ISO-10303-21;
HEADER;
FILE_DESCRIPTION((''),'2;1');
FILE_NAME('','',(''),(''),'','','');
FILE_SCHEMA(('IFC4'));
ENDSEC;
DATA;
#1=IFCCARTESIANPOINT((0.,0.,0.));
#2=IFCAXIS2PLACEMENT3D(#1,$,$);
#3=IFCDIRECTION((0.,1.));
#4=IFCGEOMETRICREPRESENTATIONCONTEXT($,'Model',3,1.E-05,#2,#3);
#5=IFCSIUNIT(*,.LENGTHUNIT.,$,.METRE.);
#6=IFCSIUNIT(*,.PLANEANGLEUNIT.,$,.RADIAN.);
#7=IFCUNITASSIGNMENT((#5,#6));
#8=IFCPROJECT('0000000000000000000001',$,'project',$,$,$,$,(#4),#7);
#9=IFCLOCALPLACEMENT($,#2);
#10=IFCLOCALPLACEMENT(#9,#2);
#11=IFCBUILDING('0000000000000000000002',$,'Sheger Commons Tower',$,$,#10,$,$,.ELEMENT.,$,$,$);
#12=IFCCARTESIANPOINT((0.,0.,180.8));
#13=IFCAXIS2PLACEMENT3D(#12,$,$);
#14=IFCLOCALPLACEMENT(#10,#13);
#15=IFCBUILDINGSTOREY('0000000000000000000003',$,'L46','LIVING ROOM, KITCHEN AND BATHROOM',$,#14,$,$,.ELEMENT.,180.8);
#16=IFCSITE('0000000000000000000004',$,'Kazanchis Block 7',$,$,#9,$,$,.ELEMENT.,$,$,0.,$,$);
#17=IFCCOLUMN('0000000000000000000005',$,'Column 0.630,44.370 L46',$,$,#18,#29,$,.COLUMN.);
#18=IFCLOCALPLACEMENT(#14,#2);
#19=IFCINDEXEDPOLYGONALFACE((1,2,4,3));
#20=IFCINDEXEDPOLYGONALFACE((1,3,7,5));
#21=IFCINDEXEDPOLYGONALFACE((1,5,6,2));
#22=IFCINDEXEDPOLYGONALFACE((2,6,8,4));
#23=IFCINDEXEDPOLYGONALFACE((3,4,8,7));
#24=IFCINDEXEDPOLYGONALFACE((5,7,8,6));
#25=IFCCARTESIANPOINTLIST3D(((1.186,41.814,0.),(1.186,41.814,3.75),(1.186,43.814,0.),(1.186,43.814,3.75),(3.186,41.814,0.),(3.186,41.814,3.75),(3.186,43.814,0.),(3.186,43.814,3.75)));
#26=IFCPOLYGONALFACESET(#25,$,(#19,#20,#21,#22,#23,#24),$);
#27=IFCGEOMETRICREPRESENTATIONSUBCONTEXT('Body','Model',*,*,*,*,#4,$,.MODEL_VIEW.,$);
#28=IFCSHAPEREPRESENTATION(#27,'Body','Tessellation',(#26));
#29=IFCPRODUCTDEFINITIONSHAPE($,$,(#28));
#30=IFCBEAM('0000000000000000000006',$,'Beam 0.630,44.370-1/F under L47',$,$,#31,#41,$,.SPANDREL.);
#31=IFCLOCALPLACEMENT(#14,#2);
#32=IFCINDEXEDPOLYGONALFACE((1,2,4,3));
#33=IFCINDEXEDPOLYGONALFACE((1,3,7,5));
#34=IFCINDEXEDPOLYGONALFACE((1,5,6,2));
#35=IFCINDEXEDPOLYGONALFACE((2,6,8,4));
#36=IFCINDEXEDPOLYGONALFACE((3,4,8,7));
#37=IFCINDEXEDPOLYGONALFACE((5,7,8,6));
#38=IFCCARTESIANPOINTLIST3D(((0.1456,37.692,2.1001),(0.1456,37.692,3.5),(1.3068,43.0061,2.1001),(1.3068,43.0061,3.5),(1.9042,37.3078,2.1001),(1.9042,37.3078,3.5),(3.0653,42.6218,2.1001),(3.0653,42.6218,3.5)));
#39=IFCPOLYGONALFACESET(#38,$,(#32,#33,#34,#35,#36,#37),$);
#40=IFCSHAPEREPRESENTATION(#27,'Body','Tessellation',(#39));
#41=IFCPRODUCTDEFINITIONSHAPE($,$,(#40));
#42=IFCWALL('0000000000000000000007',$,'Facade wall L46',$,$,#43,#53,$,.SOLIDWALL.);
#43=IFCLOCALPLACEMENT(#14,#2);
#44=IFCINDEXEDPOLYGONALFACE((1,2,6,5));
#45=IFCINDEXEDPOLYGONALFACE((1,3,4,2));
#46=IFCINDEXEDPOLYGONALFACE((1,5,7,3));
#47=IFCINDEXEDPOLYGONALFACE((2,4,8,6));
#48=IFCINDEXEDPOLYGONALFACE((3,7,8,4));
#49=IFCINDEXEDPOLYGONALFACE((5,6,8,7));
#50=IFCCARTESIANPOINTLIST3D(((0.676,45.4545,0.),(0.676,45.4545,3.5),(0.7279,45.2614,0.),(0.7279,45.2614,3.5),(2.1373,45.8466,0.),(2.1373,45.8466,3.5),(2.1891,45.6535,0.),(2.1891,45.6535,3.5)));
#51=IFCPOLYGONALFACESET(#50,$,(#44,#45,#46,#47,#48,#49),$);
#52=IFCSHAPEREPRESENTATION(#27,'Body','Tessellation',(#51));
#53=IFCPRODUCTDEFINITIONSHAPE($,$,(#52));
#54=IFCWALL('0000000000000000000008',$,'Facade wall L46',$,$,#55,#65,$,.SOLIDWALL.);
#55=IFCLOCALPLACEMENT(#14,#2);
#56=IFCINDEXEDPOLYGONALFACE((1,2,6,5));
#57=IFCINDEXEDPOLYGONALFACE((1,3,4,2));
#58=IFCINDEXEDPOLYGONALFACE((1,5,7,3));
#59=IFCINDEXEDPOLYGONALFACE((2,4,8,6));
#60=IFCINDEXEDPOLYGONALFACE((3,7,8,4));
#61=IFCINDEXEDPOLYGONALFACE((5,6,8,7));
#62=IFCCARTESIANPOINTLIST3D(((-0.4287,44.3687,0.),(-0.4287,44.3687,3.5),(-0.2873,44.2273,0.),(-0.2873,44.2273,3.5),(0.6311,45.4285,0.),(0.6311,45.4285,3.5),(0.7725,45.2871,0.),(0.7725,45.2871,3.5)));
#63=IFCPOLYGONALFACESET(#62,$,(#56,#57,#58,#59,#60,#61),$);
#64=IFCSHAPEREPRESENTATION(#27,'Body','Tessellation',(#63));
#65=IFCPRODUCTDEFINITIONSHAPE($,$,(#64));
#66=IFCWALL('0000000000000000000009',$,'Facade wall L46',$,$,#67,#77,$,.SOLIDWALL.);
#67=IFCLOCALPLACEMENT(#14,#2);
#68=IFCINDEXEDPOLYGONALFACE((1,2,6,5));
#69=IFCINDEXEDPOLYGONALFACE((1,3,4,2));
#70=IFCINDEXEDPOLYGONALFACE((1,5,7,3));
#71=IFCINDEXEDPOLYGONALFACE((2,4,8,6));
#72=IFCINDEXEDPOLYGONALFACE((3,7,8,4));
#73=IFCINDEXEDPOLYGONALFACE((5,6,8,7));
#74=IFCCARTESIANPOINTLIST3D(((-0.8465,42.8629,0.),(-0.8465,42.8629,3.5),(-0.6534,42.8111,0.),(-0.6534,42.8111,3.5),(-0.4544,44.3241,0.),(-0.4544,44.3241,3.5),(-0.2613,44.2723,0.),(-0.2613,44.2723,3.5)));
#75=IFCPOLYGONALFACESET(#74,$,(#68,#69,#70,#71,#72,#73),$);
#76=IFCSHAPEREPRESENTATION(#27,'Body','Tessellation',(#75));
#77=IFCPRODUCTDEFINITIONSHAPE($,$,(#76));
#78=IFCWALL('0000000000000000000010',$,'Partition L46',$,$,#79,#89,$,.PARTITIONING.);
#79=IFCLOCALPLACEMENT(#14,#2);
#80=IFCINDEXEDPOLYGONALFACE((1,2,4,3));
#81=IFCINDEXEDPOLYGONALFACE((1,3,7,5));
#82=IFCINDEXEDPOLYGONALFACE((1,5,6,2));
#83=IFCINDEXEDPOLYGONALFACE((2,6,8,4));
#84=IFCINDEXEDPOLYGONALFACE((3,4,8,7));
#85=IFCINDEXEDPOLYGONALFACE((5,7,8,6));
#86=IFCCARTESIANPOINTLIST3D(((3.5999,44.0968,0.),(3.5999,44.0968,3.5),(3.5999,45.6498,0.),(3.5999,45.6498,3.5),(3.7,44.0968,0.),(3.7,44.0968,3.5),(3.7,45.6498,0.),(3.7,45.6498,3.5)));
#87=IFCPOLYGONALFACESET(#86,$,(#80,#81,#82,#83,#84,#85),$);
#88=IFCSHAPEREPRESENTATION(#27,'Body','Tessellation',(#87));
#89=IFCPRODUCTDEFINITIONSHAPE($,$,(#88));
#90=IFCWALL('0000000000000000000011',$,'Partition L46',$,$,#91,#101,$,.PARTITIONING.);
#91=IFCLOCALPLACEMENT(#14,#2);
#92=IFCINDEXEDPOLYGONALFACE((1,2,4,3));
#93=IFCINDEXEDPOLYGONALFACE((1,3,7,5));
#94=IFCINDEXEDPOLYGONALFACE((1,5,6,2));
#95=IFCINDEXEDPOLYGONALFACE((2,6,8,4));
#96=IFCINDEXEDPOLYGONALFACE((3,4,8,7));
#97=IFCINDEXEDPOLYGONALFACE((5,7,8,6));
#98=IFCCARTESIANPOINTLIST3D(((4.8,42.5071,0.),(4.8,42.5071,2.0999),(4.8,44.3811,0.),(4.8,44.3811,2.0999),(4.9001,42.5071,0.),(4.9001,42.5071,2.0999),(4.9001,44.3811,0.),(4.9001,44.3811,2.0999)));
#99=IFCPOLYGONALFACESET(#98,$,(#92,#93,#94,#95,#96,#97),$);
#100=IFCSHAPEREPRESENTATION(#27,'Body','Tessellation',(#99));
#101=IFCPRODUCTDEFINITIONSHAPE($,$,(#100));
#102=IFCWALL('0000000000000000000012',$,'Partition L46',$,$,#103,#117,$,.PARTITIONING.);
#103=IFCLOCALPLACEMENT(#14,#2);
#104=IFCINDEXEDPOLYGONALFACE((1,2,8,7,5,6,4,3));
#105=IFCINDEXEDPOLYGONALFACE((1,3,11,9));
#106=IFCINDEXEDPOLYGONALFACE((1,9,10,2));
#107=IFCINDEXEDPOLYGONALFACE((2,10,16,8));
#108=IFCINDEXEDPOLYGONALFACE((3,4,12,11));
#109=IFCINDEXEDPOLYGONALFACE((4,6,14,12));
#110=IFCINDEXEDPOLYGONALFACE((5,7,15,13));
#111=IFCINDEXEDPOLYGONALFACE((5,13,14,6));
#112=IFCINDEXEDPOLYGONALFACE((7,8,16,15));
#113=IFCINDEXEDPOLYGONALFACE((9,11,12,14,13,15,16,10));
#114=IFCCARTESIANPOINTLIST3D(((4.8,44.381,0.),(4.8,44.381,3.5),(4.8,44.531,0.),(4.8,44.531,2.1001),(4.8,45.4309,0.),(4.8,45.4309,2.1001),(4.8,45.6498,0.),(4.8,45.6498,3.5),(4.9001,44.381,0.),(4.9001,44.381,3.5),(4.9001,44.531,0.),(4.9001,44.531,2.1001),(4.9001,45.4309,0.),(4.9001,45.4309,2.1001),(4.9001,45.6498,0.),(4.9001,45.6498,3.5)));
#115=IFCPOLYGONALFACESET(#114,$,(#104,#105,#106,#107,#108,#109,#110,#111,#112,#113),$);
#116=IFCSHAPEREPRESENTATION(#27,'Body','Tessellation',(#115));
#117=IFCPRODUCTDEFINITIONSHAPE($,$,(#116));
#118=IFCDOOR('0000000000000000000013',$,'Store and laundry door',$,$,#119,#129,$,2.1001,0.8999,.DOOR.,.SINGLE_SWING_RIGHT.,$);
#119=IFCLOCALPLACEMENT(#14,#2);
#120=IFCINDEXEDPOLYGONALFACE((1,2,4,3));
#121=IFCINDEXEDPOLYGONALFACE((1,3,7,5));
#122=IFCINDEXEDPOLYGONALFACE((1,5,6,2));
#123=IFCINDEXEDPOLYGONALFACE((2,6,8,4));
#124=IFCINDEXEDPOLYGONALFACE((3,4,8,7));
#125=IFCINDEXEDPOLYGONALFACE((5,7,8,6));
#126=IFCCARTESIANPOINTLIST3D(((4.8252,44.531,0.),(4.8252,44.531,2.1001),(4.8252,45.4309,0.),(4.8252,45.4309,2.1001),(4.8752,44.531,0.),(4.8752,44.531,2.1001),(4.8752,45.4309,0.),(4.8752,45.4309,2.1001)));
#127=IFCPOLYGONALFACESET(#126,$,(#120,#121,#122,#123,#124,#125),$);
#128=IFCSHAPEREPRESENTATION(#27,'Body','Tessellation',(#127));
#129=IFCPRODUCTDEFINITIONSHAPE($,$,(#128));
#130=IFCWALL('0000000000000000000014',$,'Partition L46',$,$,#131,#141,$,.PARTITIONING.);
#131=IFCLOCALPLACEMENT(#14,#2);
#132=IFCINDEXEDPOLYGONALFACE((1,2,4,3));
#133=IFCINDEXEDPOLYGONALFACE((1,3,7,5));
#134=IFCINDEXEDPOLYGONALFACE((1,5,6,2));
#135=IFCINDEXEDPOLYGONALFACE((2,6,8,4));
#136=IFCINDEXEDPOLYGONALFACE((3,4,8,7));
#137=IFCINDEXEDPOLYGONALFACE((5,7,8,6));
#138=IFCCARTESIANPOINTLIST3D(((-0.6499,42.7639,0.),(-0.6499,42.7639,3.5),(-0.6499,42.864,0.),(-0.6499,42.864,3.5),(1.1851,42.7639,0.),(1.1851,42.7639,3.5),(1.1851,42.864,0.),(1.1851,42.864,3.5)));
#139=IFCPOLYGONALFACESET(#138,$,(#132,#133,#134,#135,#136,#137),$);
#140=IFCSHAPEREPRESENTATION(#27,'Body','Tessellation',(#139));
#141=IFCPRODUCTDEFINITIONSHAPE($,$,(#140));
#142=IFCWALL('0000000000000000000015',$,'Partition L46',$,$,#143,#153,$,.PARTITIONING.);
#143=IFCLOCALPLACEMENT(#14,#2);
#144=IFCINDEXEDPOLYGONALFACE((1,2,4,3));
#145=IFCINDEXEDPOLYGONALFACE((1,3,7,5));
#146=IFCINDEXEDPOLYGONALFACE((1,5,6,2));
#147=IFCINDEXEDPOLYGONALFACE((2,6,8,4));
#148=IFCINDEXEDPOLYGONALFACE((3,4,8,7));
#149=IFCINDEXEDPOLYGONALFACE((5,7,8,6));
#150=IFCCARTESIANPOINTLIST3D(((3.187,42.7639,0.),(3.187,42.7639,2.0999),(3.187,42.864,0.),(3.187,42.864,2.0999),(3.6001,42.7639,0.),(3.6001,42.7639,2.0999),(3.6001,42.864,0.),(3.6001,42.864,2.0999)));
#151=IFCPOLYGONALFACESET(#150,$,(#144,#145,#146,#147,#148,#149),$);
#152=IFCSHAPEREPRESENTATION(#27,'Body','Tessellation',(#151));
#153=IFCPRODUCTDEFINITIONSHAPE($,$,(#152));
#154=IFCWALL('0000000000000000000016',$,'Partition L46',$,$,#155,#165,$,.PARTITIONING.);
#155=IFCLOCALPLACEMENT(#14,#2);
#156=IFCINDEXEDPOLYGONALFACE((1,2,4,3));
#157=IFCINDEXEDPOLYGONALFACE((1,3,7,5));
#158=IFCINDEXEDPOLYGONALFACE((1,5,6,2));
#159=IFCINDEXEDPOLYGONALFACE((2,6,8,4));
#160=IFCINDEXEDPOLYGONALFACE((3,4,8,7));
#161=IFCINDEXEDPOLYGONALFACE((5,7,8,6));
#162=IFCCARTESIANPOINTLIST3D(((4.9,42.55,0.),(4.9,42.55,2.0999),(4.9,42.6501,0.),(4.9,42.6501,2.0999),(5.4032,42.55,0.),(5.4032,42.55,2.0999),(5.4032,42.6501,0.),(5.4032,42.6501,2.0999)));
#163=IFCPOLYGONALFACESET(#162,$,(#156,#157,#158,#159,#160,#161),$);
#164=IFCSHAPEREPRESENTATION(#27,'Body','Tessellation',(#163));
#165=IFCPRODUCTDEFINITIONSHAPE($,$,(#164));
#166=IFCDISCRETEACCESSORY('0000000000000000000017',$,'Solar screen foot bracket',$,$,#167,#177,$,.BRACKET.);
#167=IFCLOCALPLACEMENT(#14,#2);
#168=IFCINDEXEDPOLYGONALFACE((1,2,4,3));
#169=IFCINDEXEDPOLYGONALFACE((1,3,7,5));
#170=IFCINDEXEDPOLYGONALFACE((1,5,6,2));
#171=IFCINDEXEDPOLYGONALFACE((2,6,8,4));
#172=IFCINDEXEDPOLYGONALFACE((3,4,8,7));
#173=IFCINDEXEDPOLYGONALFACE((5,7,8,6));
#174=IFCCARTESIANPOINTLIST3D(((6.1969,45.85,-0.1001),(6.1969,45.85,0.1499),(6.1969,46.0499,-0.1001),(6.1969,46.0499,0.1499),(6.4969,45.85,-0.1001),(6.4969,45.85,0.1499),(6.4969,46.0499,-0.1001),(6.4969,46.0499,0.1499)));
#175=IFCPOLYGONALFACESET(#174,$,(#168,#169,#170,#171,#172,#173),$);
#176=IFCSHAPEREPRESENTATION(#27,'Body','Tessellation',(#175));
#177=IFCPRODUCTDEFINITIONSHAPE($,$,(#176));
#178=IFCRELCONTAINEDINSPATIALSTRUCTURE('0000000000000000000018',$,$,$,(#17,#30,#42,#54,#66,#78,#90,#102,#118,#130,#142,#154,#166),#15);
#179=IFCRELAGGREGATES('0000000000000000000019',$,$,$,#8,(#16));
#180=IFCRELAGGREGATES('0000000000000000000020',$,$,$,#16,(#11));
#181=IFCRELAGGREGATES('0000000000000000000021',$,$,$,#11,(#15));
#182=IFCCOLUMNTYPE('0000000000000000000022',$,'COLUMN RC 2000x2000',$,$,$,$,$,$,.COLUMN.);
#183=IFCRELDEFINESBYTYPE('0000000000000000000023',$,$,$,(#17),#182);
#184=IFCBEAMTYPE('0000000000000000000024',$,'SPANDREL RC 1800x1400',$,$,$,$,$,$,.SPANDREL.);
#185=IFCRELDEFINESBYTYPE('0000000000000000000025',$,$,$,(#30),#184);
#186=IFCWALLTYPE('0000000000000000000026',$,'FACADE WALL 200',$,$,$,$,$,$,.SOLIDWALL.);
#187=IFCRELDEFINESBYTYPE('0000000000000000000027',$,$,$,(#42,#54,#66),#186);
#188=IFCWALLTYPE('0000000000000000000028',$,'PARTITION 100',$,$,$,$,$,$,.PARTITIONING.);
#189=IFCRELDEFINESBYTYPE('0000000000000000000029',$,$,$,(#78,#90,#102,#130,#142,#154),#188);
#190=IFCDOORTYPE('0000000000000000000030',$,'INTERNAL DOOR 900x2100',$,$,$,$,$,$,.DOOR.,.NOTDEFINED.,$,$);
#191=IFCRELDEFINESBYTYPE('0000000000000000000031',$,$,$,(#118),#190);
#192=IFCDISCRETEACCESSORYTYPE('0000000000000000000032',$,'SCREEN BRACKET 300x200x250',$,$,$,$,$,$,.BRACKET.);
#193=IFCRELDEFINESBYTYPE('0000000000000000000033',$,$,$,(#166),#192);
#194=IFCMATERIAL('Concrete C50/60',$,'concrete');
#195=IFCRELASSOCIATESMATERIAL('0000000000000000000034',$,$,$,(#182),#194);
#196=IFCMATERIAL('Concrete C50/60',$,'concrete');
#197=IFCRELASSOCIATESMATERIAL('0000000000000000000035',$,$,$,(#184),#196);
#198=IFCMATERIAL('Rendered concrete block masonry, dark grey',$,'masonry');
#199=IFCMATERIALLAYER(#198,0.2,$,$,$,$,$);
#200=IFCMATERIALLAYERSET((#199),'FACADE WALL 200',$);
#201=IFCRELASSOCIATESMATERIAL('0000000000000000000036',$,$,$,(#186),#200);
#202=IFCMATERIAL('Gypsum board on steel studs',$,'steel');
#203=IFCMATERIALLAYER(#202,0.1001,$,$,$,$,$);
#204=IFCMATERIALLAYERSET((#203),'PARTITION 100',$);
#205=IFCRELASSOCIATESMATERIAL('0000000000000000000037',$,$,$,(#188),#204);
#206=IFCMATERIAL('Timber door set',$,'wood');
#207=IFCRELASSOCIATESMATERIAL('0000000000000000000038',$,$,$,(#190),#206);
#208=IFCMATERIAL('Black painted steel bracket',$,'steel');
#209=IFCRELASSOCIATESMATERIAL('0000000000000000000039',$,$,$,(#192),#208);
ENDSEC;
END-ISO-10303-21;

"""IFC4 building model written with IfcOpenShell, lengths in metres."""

from ifc_helpers import new_model, si_unit, direction, frame, frame_2d, origin, origin_2d, place, context, subcontext, project, spatial, rectangle, extrude, material, layer, layer_set, material_profile, profile_set, type_object, element, fill, save


model = new_model("IFC4")

# Units and contexts
model_context = context("Model", 3, precision=1e-05, world=origin(), true_north=direction((0.0, 1.0)))
body_context = subcontext(model_context, "Body", "Model", "MODEL_VIEW")
ifc_project = project(units=[si_unit("LENGTHUNIT", "METRE"), si_unit("PLANEANGLEUNIT", "RADIAN")], contexts=[model_context])

# Site, building, storey
site_placement = place(None, origin())
site = spatial("IfcSite", under=ifc_project, at=site_placement, Name="Kazanchis Block 7", CompositionType="ELEMENT", RefElevation=0.0)
building_placement = place(site_placement, origin())
building = spatial("IfcBuilding", under=site, at=building_placement, Name="Sheger Commons Tower", CompositionType="ELEMENT")
storey_placement = place(building_placement, frame((0.0, 0.0, 180.8)))
storey = spatial("IfcBuildingStorey", under=building, at=storey_placement, Name="L46", Description="LIVING ROOM, KITCHEN AND BATHROOM", CompositionType="ELEMENT", Elevation=180.8)

# Column
ifc_material_1 = material(Name="Concrete C50/60", Category="concrete")
ifc_material_profile_1 = material_profile(ifc_material_1, rectangle(XDim=2.0, YDim=2.0, at=origin_2d()), Name="RC 2000x2000")
ifc_profile_set_1 = profile_set([ifc_material_profile_1], Name="Concrete C50/60")
column_type = type_object("IfcColumnType", Name="COLUMN RC 2000x2000", PredefinedType="COLUMN", material=ifc_profile_set_1)
column_placement = place(storey_placement, frame((2.186, 42.814, 0.0), z_axis=(0.0, 0.0, 1.0), x_axis=(1.0, 0.0, 0.0)))
element("IfcColumn", 1, at=column_placement, inside=storey, type_object=column_type, Name="Column 0.630,44.370 L46", PredefinedType="COLUMN", context=body_context, shape_type="SweptSolid", body=[
    extrude(rectangle(XDim=2.0, YDim=2.0, at=origin_2d()), origin(), (0.0, 0.0, 1.0), 3.75),
])

# Beam
ifc_material_2 = material(Name="Concrete C50/60", Category="concrete")
ifc_material_profile_2 = material_profile(ifc_material_2, rectangle(XDim=1.8, YDim=1.3999, at=origin_2d()), Name="RC 1800x1400")
ifc_profile_set_2 = profile_set([ifc_material_profile_2], Name="Concrete C50/60")
beam_type = type_object("IfcBeamType", Name="SPANDREL RC 1800x1400", PredefinedType="SPANDREL", material=ifc_profile_set_2)
beam_placement = place(storey_placement, frame((2.186, 42.814, 2.8), z_axis=(-0.213469, -0.97695, 0.0), x_axis=(0.97695, -0.213469, 0.0)))
element("IfcBeam", 2, at=beam_placement, inside=storey, type_object=beam_type, Name="Beam 0.630,44.370-1/F under L47", PredefinedType="SPANDREL", context=body_context, shape_type="SweptSolid", body=[
    extrude(rectangle(XDim=1.8, YDim=1.3999, at=origin_2d()), origin(), (0.0, 0.0, 1.0), 5.4395),
])

# Walls
ifc_material_3 = material(Name="Rendered concrete block masonry, dark grey", Category="masonry")
ifc_layer_1 = layer(ifc_material_3, 0.2)
ifc_layer_set_1 = layer_set([ifc_layer_1], Name="FACADE WALL 200")
wall_type_1 = type_object("IfcWallType", Name="FACADE WALL 200", PredefinedType="SOLIDWALL", material=ifc_layer_set_1)
wall_1_placement = place(storey_placement, frame((2.1631, 45.75, 0.0), z_axis=(0.0, 0.0, 1.0), x_axis=(-0.965832, -0.259169, 0.0)))
element("IfcWall", 3, at=wall_1_placement, inside=storey, type_object=wall_type_1, Name="Facade wall L46", PredefinedType="SOLIDWALL", context=body_context, shape_type="SweptSolid", body=[
    extrude(rectangle(XDim=1.5129, YDim=0.2, at=frame_2d((0.7563, 0.0))), origin(), (0.0, 0.0, 1.0), 3.5),
])
wall_2_placement = place(storey_placement, frame((0.7019, 45.3579, 0.0), z_axis=(0.0, 0.0, 1.0), x_axis=(-0.707107, -0.707107, 0.0)))
element("IfcWall", 4, at=wall_2_placement, inside=storey, type_object=wall_type_1, Name="Facade wall L46", PredefinedType="SOLIDWALL", context=body_context, shape_type="SweptSolid", body=[
    extrude(rectangle(XDim=1.4988, YDim=0.2, at=frame_2d((0.7495, 0.0))), origin(), (0.0, 0.0, 1.0), 3.5),
])
wall_3_placement = place(storey_placement, frame((-0.3579, 44.2981, 0.0), z_axis=(0.0, 0.0, 1.0), x_axis=(-0.259169, -0.965832, 0.0)))
element("IfcWall", 5, at=wall_3_placement, inside=storey, type_object=wall_type_1, Name="Facade wall L46", PredefinedType="SOLIDWALL", context=body_context, shape_type="SweptSolid", body=[
    extrude(rectangle(XDim=1.5129, YDim=0.2, at=frame_2d((0.7563, 0.0))), origin(), (0.0, 0.0, 1.0), 3.5),
])

# Walls
ifc_material_4 = material(Name="Gypsum board on steel studs", Category="steel")
ifc_layer_2 = layer(ifc_material_4, 0.1001)
ifc_layer_set_2 = layer_set([ifc_layer_2], Name="PARTITION 100")
wall_type_2 = type_object("IfcWallType", Name="PARTITION 100", PredefinedType="PARTITIONING", material=ifc_layer_set_2)
wall_4_placement = place(storey_placement, frame((3.6499, 44.0969, 0.0), z_axis=(0.0, 0.0, 1.0), x_axis=(0.0, 1.0, 0.0)))
element("IfcWall", 6, at=wall_4_placement, inside=storey, type_object=wall_type_2, Name="Partition L46", PredefinedType="PARTITIONING", context=body_context, shape_type="SweptSolid", body=[
    extrude(rectangle(XDim=1.553, YDim=0.1001, at=frame_2d((0.7764, 0.0))), origin(), (0.0, 0.0, 1.0), 3.5),
])
wall_5_placement = place(storey_placement, frame((4.8501, 42.5071, 0.0), z_axis=(0.0, 0.0, 1.0), x_axis=(0.0, 1.0, 0.0)))
element("IfcWall", 7, at=wall_5_placement, inside=storey, type_object=wall_type_2, Name="Partition L46", PredefinedType="PARTITIONING", context=body_context, shape_type="SweptSolid", body=[
    extrude(rectangle(XDim=1.874, YDim=0.1001, at=frame_2d((0.937, 0.0))), origin(), (0.0, 0.0, 1.0), 2.0999),
])

# Wall, opening, door
wall_6_placement = place(storey_placement, frame((4.8501, 44.3811, 0.0), z_axis=(0.0, 0.0, 1.0), x_axis=(0.0, 1.0, 0.0)))
wall_6 = element("IfcWall", 8, at=wall_6_placement, inside=storey, type_object=wall_type_2, Name="Partition L46", PredefinedType="PARTITIONING", context=body_context, shape_type="SweptSolid", body=[
    extrude(rectangle(XDim=1.2688, YDim=0.1001, at=frame_2d((0.6343, 0.0))), origin(), (0.0, 0.0, 1.0), 3.5),
])
opening_1_placement = place(wall_6_placement, frame((0.1499, 0.0, 0.0)))
opening_1 = element("IfcOpeningElement", 9, at=opening_1_placement, cuts=wall_6, PredefinedType="OPENING", context=body_context, shape_type="SweptSolid", body=[
    extrude(rectangle(XDim=0.8999, YDim=2.1001, at=frame_2d((0.45, 1.05))), frame((0.0, 0.0601, 0.0), z_axis=(0.0, -1.0, 0.0), x_axis=(1.0, 0.0, 0.0)), (0.0, 0.0, 1.0), 0.1201),
])
ifc_material_5 = material(Name="Timber door set", Category="wood")
door_type = type_object("IfcDoorType", Name="INTERNAL DOOR 900x2100", OperationType="NOTDEFINED", PredefinedType="DOOR", material=ifc_material_5)
door_placement = place(opening_1_placement, origin())
door = element("IfcDoor", 10, at=door_placement, inside=storey, type_object=door_type, Name="Store and laundry door", OperationType="SINGLE_SWING_RIGHT", OverallHeight=2.1001, OverallWidth=0.8999, PredefinedType="DOOR", context=body_context, shape_type="SweptSolid", body=[
    extrude(rectangle(XDim=0.8999, YDim=2.1001, at=frame_2d((0.45, 1.05))), frame((0.0, 0.0249, 0.0), z_axis=(0.0, -1.0, 0.0), x_axis=(1.0, 0.0, 0.0)), (0.0, 0.0, 1.0), 0.05),
])
fill(opening_1, door)

# Walls
wall_7_placement = place(storey_placement, frame((-0.6499, 42.814, 0.0), z_axis=(0.0, 0.0, 1.0), x_axis=(1.0, 0.0, 0.0)))
element("IfcWall", 11, at=wall_7_placement, inside=storey, type_object=wall_type_2, Name="Partition L46", PredefinedType="PARTITIONING", context=body_context, shape_type="SweptSolid", body=[
    extrude(rectangle(XDim=1.835, YDim=0.1001, at=frame_2d((0.9175, 0.0))), origin(), (0.0, 0.0, 1.0), 3.5),
])
wall_8_placement = place(storey_placement, frame((3.187, 42.814, 0.0), z_axis=(0.0, 0.0, 1.0), x_axis=(1.0, 0.0, 0.0)))
element("IfcWall", 12, at=wall_8_placement, inside=storey, type_object=wall_type_2, Name="Partition L46", PredefinedType="PARTITIONING", context=body_context, shape_type="SweptSolid", body=[
    extrude(rectangle(XDim=0.4131, YDim=0.1001, at=frame_2d((0.2065, 0.0))), origin(), (0.0, 0.0, 1.0), 2.0999),
])
wall_9_placement = place(storey_placement, frame((5.4031, 42.6001, 0.0), z_axis=(0.0, 0.0, 1.0), x_axis=(-1.0, 0.0, 0.0)))
element("IfcWall", 13, at=wall_9_placement, inside=storey, type_object=wall_type_2, Name="Partition L46", PredefinedType="PARTITIONING", context=body_context, shape_type="SweptSolid", body=[
    extrude(rectangle(XDim=0.5032, YDim=0.1001, at=frame_2d((0.2515, 0.0))), origin(), (0.0, 0.0, 1.0), 2.0999),
])

# Discrete accessory
ifc_material_6 = material(Name="Black painted steel bracket", Category="steel")
discrete_accessory_type = type_object("IfcDiscreteAccessoryType", Name="SCREEN BRACKET 300x200x250", PredefinedType="BRACKET", material=ifc_material_6)
for number, where, z_axis, x_axis, name in (
    (14, (6.3469, 45.95, -0.1001), (0.0, 0.0, 1.0), (-1.0, 0.0, 0.0), "Solar screen foot bracket"),
):
    element("IfcDiscreteAccessory", number, at=place(storey_placement, frame(where, z_axis=z_axis, x_axis=x_axis)), inside=storey, type_object=discrete_accessory_type, Name=name, PredefinedType="BRACKET", context=body_context, shape_type="SweptSolid", body=[
        extrude(rectangle(XDim=0.3, YDim=0.2, at=origin_2d()), origin(), (0.0, 0.0, 1.0), 0.25),
    ])

save(model, "model.ifc")
